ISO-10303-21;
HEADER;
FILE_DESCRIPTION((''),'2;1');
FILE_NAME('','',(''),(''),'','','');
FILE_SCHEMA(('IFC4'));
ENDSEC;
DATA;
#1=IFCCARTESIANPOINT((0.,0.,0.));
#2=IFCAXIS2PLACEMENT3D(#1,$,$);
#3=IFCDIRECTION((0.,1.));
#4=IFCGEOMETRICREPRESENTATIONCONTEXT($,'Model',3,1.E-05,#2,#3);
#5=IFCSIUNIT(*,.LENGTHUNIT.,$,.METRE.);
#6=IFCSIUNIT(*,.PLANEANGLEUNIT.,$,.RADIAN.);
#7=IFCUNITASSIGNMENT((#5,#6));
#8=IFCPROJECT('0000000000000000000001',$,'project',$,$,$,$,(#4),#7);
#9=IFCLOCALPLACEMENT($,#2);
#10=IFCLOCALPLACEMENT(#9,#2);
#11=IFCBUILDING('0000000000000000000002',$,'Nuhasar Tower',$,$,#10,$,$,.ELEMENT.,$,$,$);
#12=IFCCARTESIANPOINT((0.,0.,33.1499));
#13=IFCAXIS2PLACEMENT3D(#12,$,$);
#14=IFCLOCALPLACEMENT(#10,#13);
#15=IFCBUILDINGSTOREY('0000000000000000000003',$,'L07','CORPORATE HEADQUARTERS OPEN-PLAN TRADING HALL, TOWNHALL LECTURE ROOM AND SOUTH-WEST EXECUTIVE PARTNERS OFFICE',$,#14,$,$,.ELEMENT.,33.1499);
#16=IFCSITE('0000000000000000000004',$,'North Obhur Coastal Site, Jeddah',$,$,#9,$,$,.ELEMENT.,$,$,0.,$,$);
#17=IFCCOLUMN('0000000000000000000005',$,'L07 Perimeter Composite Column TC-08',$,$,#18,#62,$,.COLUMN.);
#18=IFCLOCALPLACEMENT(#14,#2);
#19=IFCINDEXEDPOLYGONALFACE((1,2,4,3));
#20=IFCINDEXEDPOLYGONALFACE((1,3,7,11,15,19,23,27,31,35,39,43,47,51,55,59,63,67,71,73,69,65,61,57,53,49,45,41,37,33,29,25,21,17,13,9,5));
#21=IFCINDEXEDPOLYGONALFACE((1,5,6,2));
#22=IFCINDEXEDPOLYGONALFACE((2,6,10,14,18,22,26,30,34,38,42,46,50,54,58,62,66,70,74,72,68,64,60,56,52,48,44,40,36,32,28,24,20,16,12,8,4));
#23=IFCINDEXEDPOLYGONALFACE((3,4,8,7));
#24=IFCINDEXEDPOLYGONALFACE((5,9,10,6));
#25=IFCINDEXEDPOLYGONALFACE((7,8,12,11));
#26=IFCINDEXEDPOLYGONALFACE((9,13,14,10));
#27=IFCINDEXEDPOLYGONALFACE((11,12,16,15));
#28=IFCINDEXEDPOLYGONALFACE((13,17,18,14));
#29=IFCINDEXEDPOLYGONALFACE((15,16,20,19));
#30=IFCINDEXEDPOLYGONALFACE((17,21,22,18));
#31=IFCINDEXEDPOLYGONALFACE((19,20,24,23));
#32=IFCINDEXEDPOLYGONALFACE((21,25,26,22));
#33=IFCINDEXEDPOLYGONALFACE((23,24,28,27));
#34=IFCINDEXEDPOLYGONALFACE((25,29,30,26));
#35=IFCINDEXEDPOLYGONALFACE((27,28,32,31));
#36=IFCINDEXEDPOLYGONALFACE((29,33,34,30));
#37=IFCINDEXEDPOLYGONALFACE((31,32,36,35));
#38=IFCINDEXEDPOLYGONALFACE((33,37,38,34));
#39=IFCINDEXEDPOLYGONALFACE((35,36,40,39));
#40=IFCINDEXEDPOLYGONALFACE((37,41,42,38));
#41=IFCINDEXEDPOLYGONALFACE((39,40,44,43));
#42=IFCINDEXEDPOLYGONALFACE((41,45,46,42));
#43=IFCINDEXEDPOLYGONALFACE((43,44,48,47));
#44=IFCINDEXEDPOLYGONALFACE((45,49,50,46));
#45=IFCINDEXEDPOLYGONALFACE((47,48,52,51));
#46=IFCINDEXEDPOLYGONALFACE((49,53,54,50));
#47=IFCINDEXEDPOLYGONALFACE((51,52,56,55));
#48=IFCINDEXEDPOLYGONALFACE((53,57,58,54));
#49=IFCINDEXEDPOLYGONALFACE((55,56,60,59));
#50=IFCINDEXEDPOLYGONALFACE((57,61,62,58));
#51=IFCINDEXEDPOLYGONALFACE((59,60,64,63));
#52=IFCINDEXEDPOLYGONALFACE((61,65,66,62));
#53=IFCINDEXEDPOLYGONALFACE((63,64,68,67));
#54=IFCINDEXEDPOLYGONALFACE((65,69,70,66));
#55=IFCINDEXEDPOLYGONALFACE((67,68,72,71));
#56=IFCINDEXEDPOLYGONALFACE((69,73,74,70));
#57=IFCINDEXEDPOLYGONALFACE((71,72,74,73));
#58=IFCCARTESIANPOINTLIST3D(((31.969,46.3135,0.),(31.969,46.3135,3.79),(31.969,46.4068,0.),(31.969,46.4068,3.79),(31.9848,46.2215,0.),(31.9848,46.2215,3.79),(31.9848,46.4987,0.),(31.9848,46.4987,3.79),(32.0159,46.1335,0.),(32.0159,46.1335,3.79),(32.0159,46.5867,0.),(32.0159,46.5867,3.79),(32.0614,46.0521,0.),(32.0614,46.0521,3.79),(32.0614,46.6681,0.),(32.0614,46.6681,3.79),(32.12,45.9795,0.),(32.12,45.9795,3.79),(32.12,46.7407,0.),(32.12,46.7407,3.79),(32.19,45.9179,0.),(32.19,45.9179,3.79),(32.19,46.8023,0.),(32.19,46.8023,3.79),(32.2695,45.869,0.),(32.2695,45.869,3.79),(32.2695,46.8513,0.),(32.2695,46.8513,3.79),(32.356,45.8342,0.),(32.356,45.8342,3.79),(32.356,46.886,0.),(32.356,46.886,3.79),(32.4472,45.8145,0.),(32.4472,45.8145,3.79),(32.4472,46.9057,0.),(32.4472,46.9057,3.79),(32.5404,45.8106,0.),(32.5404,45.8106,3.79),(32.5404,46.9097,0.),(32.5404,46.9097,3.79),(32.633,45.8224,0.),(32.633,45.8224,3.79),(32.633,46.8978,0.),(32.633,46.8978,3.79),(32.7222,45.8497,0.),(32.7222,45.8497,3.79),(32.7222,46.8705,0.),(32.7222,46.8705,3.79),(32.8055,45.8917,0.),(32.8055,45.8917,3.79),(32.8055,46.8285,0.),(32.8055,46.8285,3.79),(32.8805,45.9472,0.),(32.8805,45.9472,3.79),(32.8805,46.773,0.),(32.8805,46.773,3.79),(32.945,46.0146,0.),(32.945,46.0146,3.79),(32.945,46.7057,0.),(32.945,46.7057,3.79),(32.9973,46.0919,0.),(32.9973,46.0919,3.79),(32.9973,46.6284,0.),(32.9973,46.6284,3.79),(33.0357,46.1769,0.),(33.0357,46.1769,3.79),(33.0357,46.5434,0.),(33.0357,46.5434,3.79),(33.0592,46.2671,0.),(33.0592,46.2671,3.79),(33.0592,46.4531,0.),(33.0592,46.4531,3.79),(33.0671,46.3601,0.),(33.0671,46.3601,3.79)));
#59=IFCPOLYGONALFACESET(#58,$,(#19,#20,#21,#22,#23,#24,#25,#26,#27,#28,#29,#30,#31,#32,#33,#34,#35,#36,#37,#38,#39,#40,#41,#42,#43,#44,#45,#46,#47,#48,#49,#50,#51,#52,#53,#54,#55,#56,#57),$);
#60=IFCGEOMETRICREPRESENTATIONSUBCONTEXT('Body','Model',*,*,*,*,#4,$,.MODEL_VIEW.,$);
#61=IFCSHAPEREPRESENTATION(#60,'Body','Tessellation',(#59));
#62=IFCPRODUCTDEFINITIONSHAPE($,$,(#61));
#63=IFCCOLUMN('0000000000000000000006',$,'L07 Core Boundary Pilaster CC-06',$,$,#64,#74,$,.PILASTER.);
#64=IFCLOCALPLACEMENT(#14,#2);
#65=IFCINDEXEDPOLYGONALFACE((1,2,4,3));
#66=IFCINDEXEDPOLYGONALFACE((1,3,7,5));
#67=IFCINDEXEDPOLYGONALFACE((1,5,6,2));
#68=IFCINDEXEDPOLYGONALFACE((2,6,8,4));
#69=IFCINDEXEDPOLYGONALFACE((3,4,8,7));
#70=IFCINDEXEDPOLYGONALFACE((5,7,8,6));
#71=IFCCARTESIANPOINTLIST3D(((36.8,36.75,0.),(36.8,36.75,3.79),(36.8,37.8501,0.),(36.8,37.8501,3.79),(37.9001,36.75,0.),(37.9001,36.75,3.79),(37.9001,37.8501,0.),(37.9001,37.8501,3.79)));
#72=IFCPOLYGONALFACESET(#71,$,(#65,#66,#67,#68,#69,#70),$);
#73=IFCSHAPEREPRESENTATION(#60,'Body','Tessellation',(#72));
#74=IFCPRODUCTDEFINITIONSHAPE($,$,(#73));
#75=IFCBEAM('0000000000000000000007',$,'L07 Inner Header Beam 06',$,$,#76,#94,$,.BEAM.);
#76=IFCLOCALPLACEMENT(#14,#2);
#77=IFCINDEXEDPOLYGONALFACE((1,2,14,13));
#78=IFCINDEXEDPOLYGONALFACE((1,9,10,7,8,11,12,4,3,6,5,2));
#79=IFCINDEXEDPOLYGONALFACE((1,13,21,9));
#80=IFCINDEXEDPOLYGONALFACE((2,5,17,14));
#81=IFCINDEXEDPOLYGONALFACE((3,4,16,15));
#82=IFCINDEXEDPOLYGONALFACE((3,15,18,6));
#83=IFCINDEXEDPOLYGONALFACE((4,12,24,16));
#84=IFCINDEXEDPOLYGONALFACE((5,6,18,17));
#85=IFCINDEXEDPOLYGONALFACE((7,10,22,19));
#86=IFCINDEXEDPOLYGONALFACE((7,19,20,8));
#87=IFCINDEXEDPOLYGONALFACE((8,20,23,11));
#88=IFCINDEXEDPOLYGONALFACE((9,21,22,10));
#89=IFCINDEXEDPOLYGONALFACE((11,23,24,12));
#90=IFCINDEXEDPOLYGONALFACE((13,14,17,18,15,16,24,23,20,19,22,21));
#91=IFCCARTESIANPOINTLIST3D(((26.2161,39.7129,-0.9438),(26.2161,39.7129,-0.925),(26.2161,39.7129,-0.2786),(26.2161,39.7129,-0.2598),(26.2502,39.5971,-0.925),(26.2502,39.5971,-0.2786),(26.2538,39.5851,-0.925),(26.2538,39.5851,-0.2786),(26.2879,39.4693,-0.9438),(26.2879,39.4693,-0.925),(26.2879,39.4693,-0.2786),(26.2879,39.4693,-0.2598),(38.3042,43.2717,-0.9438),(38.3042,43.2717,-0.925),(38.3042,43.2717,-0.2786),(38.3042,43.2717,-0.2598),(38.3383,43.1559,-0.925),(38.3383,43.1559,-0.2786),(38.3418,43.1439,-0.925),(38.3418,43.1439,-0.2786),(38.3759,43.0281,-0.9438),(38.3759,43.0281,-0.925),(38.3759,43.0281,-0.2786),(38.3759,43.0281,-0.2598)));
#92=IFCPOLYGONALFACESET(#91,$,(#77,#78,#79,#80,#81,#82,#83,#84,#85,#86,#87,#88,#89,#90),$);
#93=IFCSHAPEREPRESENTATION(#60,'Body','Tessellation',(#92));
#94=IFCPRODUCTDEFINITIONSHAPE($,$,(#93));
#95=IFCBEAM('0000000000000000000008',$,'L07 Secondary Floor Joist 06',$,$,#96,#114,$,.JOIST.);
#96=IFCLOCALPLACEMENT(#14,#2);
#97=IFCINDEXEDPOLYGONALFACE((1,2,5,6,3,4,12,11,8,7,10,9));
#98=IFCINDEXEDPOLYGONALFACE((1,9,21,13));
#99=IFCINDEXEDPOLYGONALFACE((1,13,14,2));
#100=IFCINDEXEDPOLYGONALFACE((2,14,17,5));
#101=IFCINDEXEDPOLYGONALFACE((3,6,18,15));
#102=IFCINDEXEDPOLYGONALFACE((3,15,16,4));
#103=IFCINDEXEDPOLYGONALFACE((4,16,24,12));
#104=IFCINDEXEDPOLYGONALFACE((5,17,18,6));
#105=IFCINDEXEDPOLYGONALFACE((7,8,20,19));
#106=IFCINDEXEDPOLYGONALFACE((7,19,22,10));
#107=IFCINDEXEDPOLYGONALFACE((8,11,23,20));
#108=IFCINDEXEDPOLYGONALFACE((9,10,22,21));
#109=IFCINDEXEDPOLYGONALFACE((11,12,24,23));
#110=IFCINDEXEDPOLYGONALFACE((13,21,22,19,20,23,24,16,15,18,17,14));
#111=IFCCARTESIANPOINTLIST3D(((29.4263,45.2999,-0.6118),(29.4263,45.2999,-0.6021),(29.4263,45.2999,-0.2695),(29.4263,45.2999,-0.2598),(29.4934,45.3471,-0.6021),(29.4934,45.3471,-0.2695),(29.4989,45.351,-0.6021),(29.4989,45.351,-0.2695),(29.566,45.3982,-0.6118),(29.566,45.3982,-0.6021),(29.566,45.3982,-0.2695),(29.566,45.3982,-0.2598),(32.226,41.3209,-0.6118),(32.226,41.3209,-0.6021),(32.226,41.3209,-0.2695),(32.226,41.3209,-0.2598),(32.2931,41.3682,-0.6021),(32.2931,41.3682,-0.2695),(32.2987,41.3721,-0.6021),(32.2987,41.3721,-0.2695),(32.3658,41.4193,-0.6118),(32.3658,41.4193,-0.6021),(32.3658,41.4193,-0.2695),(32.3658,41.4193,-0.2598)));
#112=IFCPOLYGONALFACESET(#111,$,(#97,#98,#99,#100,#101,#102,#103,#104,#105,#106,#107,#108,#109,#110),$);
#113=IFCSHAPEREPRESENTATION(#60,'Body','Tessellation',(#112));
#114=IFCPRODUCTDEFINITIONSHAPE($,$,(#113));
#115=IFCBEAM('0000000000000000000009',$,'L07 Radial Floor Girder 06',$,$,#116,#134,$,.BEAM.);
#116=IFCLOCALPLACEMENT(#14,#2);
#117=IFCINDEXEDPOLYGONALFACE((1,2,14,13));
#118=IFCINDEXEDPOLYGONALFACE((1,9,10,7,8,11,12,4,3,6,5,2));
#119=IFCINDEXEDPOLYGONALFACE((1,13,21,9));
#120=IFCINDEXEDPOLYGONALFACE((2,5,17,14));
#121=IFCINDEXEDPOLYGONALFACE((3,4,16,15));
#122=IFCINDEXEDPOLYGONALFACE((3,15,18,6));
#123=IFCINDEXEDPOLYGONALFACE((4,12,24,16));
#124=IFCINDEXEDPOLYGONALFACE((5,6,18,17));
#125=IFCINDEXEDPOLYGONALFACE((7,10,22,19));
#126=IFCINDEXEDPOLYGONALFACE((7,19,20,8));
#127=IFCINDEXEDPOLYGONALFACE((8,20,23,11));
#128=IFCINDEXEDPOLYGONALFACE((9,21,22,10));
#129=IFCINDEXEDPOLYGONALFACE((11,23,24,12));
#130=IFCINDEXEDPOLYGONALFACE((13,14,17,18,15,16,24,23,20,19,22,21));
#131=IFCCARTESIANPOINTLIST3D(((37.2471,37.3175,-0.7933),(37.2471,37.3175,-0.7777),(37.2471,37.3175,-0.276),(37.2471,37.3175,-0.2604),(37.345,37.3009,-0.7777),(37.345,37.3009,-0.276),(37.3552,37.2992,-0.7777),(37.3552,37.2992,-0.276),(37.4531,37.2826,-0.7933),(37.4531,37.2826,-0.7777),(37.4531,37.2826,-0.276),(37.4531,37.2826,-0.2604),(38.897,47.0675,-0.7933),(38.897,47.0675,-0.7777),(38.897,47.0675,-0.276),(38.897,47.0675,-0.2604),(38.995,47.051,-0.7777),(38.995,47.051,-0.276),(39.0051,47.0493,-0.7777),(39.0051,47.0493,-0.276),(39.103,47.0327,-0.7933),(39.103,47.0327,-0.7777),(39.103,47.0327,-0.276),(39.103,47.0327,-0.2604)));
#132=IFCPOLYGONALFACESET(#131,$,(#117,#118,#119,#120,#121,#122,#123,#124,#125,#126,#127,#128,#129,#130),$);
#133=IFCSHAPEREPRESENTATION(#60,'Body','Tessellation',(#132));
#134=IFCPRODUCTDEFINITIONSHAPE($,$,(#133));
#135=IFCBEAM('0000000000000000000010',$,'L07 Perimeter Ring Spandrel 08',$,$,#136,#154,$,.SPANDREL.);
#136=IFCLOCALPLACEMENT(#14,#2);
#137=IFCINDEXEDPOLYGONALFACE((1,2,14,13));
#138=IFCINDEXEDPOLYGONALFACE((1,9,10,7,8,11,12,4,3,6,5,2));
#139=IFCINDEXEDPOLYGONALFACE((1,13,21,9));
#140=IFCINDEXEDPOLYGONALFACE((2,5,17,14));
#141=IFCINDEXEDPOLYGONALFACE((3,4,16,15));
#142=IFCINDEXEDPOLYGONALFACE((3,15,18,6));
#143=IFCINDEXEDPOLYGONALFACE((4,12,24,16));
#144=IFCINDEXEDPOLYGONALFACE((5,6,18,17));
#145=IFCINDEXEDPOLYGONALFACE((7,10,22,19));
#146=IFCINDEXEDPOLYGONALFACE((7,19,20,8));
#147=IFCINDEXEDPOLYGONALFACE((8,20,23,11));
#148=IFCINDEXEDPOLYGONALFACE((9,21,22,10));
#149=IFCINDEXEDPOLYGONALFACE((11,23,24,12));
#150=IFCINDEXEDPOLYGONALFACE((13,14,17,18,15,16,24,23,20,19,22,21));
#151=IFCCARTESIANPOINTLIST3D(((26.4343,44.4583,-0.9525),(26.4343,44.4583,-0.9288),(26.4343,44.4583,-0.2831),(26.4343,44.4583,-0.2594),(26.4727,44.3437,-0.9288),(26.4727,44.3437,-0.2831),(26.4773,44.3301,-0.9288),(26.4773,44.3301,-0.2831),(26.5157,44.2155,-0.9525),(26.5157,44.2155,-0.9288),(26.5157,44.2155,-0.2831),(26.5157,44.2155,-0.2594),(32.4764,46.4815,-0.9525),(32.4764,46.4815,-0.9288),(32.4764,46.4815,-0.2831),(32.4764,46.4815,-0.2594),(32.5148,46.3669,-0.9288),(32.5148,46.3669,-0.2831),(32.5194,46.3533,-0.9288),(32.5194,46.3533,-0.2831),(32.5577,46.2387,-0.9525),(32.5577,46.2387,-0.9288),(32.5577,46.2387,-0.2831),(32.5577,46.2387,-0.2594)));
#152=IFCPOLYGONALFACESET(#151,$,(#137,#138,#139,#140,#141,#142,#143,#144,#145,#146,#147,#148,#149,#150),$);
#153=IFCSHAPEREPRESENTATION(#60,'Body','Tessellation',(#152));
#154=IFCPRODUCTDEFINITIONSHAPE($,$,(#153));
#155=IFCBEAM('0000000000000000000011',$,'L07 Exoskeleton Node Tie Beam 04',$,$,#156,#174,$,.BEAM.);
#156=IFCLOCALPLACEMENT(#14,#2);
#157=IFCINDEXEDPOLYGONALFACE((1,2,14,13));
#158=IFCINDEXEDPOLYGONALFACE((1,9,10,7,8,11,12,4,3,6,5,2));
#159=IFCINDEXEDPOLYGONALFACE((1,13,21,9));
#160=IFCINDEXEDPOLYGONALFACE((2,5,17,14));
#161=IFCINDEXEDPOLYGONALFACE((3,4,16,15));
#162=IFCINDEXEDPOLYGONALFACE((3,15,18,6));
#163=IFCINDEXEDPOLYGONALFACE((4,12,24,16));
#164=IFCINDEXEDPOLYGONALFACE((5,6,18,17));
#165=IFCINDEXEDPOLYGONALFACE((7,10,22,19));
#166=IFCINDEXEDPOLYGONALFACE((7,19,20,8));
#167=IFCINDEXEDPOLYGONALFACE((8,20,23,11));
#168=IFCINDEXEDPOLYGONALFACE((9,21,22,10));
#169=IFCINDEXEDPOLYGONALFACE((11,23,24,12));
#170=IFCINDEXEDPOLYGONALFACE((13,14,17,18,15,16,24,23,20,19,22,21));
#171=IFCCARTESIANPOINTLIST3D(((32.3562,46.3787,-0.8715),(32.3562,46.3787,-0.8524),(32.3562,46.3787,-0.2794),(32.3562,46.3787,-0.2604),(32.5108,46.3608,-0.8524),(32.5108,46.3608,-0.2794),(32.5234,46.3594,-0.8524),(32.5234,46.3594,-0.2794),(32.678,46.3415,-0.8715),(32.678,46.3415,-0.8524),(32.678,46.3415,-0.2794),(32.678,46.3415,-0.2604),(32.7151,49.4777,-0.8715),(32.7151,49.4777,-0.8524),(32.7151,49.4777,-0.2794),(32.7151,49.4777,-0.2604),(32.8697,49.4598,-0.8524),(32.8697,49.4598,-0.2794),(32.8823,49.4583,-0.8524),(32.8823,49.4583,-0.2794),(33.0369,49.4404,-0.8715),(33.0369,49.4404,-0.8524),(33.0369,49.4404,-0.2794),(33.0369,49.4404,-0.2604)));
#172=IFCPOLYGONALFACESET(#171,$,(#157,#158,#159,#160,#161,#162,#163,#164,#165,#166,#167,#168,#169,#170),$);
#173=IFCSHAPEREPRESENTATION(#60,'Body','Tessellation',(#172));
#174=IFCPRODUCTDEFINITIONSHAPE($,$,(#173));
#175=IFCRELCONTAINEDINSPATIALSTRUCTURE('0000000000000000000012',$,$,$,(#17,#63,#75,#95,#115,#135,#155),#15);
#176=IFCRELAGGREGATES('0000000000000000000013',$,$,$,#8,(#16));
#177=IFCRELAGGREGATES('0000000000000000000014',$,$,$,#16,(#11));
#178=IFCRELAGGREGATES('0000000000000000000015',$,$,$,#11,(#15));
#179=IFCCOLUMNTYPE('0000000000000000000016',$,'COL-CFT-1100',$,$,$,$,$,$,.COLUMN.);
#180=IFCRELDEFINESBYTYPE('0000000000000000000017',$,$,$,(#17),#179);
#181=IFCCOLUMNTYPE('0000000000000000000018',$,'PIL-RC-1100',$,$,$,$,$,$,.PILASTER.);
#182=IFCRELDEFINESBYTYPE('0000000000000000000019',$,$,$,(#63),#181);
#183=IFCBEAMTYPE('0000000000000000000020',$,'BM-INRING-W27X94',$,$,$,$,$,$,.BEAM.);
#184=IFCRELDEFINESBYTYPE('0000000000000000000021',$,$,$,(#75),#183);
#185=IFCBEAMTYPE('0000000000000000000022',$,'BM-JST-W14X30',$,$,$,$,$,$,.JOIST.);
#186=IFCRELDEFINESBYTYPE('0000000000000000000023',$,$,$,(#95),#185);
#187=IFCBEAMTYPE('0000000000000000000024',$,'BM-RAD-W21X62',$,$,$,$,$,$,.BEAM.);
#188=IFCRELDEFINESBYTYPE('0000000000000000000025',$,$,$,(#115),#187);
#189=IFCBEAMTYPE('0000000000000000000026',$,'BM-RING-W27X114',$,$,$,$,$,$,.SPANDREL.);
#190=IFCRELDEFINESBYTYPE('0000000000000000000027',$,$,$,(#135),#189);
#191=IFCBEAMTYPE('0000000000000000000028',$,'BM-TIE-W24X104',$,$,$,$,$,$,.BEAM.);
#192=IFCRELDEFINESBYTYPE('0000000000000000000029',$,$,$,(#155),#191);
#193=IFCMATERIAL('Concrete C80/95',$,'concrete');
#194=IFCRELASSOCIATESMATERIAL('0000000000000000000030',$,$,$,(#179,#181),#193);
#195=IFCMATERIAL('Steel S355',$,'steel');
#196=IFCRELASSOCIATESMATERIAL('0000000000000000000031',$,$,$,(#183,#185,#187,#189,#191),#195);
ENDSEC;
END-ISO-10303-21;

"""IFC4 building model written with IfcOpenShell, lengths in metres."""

from ifc_helpers import new_model, si_unit, direction, frame, origin, origin_2d, place, context, subcontext, project, spatial, rectangle, circle, i_section, extrude, material, material_profile, profile_set, type_object, element, save


model = new_model("IFC4")

# Units and contexts
model_context = context("Model", 3, precision=1e-05, world=origin(), true_north=direction((0.0, 1.0)))
body_context = subcontext(model_context, "Body", "Model", "MODEL_VIEW")
ifc_project = project(units=[si_unit("LENGTHUNIT", "METRE"), si_unit("PLANEANGLEUNIT", "RADIAN")], contexts=[model_context])

# Site, building, storey
site_placement = place(None, origin())
site = spatial("IfcSite", under=ifc_project, at=site_placement, Name="North Obhur Coastal Site, Jeddah", CompositionType="ELEMENT", RefElevation=0.0)
building_placement = place(site_placement, origin())
building = spatial("IfcBuilding", under=site, at=building_placement, Name="Nuhasar Tower", CompositionType="ELEMENT")
storey_placement = place(building_placement, frame((0.0, 0.0, 33.1499)))
storey = spatial("IfcBuildingStorey", under=building, at=storey_placement, Name="L07", Description="CORPORATE HEADQUARTERS OPEN-PLAN TRADING HALL, TOWNHALL LECTURE ROOM AND SOUTH-WEST EXECUTIVE PARTNERS OFFICE", CompositionType="ELEMENT", Elevation=33.1499)

# Columns
ifc_material_1 = material(Name="Concrete C80/95", Category="concrete")
ifc_material_profile_1 = material_profile(ifc_material_1, circle(Radius=0.55, at=origin_2d()), Name="CFT1100")
ifc_profile_set_1 = profile_set([ifc_material_profile_1], Name="Concrete C80/95")
column_type_1 = type_object("IfcColumnType", Name="COL-CFT-1100", PredefinedType="COLUMN", material=ifc_profile_set_1)
column_1_placement = place(storey_placement, frame((32.5171, 46.3601, 0.0), z_axis=(0.0, 0.0, 1.0), x_axis=(1.0, 0.0, 0.0)))
element("IfcColumn", 1, at=column_1_placement, inside=storey, type_object=column_type_1, Name="L07 Perimeter Composite Column TC-08", PredefinedType="COLUMN", context=body_context, shape_type="SweptSolid", body=[
    extrude(circle(Radius=0.55, at=origin_2d()), origin(), (0.0, 0.0, 1.0), 3.79),
])
ifc_material_profile_2 = material_profile(ifc_material_1, rectangle(XDim=1.1001, YDim=1.1001, at=origin_2d()), Name="RC1100X1100")
ifc_profile_set_2 = profile_set([ifc_material_profile_2], Name="Concrete C80/95")
column_type_2 = type_object("IfcColumnType", Name="PIL-RC-1100", PredefinedType="PILASTER", material=ifc_profile_set_2)
column_2_placement = place(storey_placement, frame((37.3501, 37.3, 0.0), z_axis=(0.0, 0.0, 1.0), x_axis=(1.0, 0.0, 0.0)))
element("IfcColumn", 2, at=column_2_placement, inside=storey, type_object=column_type_2, Name="L07 Core Boundary Pilaster CC-06", PredefinedType="PILASTER", context=body_context, shape_type="SweptSolid", body=[
    extrude(rectangle(XDim=1.1001, YDim=1.1001, at=origin_2d()), origin(), (0.0, 0.0, 1.0), 3.79),
])

# Beams
ifc_material_2 = material(Name="Steel S355", Category="steel")
ifc_material_profile_3 = material_profile(ifc_material_2, i_section(OverallWidth=0.2539, OverallDepth=0.6841, WebThickness=0.0125, FlangeThickness=0.0188, at=origin_2d()), Name="W27X94")
ifc_profile_set_3 = profile_set([ifc_material_profile_3], Name="Steel S355")
beam_type_1 = type_object("IfcBeamType", Name="BM-INRING-W27X94", PredefinedType="BEAM", material=ifc_profile_set_3)
beam_1_placement = place(storey_placement, frame((38.3401, 43.1499, -0.6018), z_axis=(-0.95929, -0.282422, 0.0), x_axis=(0.282422, -0.95929, 0.0)))
element("IfcBeam", 3, at=beam_1_placement, inside=storey, type_object=beam_type_1, Name="L07 Inner Header Beam 06", PredefinedType="BEAM", context=body_context, shape_type="SweptSolid", body=[
    extrude(i_section(OverallWidth=0.2539, OverallDepth=0.6841, WebThickness=0.0125, FlangeThickness=0.0188, at=origin_2d()), origin(), (0.0, 0.0, 1.0), 12.6011),
])
ifc_material_profile_4 = material_profile(ifc_material_2, i_section(OverallWidth=0.1709, OverallDepth=0.3521, WebThickness=0.0068, FlangeThickness=0.0098, at=origin_2d()), Name="W14X30")
ifc_profile_set_4 = profile_set([ifc_material_profile_4], Name="Steel S355")
beam_type_2 = type_object("IfcBeamType", Name="BM-JST-W14X30", PredefinedType="JOIST", material=ifc_profile_set_4)
beam_2_placement = place(storey_placement, frame((32.2959, 41.3701, -0.4358), z_axis=(-0.575461, 0.817829, 0.0), x_axis=(-0.817829, -0.575461, 0.0)))
element("IfcBeam", 4, at=beam_2_placement, inside=storey, type_object=beam_type_2, Name="L07 Secondary Floor Joist 06", PredefinedType="JOIST", context=body_context, shape_type="SweptSolid", body=[
    extrude(i_section(OverallWidth=0.1709, OverallDepth=0.3521, WebThickness=0.0068, FlangeThickness=0.0098, at=origin_2d()), origin(), (0.0, 0.0, 1.0), 4.8652),
])
ifc_material_profile_5 = material_profile(ifc_material_2, i_section(OverallWidth=0.209, OverallDepth=0.533, WebThickness=0.0103, FlangeThickness=0.0156, at=origin_2d()), Name="W21X62")
ifc_profile_set_5 = profile_set([ifc_material_profile_5], Name="Steel S355")
beam_type_3 = type_object("IfcBeamType", Name="BM-RAD-W21X62", PredefinedType="BEAM", material=ifc_profile_set_5)
beam_3_placement = place(storey_placement, frame((37.3501, 37.3, -0.5269), z_axis=(0.166849, 0.985983, 0.0), x_axis=(-0.985983, 0.166849, 0.0)))
element("IfcBeam", 5, at=beam_3_placement, inside=storey, type_object=beam_type_3, Name="L07 Radial Floor Girder 06", PredefinedType="BEAM", context=body_context, shape_type="SweptSolid", body=[
    extrude(i_section(OverallWidth=0.209, OverallDepth=0.533, WebThickness=0.0103, FlangeThickness=0.0156, at=origin_2d()), origin(), (0.0, 0.0, 1.0), 9.8887),
])
ifc_material_profile_6 = material_profile(ifc_material_2, i_section(OverallWidth=0.2561, OverallDepth=0.6931, WebThickness=0.0144, FlangeThickness=0.0237, at=origin_2d()), Name="W27X114")
ifc_profile_set_6 = profile_set([ifc_material_profile_6], Name="Steel S355")
beam_type_4 = type_object("IfcBeamType", Name="BM-RING-W27X114", PredefinedType="SPANDREL", material=ifc_profile_set_6)
beam_4_placement = place(storey_placement, frame((32.5171, 46.3601, -0.606), z_axis=(-0.948249, -0.317526, 0.0), x_axis=(0.317526, -0.948249, 0.0)))
element("IfcBeam", 6, at=beam_4_placement, inside=storey, type_object=beam_type_4, Name="L07 Perimeter Ring Spandrel 08", PredefinedType="SPANDREL", context=body_context, shape_type="SweptSolid", body=[
    extrude(i_section(OverallWidth=0.2561, OverallDepth=0.6931, WebThickness=0.0144, FlangeThickness=0.0237, at=origin_2d()), origin(), (0.0, 0.0, 1.0), 6.3718),
])
ifc_material_profile_7 = material_profile(ifc_material_2, i_section(OverallWidth=0.324, OverallDepth=0.6111, WebThickness=0.0127, FlangeThickness=0.019, at=origin_2d()), Name="W24X104")
ifc_profile_set_7 = profile_set([ifc_material_profile_7], Name="Steel S355")
beam_type_5 = type_object("IfcBeamType", Name="BM-TIE-W24X104", PredefinedType="BEAM", material=ifc_profile_set_7)
beam_5_placement = place(storey_placement, frame((32.5171, 46.3601, -0.5659), z_axis=(0.115043, 0.993361, 0.0), x_axis=(-0.993361, 0.115043, 0.0)))
element("IfcBeam", 7, at=beam_5_placement, inside=storey, type_object=beam_type_5, Name="L07 Exoskeleton Node Tie Beam 04", PredefinedType="BEAM", context=body_context, shape_type="SweptSolid", body=[
    extrude(i_section(OverallWidth=0.324, OverallDepth=0.6111, WebThickness=0.0127, FlangeThickness=0.019, at=origin_2d()), origin(), (0.0, 0.0, 1.0), 3.1196),
])

save(model, "model.ifc")
